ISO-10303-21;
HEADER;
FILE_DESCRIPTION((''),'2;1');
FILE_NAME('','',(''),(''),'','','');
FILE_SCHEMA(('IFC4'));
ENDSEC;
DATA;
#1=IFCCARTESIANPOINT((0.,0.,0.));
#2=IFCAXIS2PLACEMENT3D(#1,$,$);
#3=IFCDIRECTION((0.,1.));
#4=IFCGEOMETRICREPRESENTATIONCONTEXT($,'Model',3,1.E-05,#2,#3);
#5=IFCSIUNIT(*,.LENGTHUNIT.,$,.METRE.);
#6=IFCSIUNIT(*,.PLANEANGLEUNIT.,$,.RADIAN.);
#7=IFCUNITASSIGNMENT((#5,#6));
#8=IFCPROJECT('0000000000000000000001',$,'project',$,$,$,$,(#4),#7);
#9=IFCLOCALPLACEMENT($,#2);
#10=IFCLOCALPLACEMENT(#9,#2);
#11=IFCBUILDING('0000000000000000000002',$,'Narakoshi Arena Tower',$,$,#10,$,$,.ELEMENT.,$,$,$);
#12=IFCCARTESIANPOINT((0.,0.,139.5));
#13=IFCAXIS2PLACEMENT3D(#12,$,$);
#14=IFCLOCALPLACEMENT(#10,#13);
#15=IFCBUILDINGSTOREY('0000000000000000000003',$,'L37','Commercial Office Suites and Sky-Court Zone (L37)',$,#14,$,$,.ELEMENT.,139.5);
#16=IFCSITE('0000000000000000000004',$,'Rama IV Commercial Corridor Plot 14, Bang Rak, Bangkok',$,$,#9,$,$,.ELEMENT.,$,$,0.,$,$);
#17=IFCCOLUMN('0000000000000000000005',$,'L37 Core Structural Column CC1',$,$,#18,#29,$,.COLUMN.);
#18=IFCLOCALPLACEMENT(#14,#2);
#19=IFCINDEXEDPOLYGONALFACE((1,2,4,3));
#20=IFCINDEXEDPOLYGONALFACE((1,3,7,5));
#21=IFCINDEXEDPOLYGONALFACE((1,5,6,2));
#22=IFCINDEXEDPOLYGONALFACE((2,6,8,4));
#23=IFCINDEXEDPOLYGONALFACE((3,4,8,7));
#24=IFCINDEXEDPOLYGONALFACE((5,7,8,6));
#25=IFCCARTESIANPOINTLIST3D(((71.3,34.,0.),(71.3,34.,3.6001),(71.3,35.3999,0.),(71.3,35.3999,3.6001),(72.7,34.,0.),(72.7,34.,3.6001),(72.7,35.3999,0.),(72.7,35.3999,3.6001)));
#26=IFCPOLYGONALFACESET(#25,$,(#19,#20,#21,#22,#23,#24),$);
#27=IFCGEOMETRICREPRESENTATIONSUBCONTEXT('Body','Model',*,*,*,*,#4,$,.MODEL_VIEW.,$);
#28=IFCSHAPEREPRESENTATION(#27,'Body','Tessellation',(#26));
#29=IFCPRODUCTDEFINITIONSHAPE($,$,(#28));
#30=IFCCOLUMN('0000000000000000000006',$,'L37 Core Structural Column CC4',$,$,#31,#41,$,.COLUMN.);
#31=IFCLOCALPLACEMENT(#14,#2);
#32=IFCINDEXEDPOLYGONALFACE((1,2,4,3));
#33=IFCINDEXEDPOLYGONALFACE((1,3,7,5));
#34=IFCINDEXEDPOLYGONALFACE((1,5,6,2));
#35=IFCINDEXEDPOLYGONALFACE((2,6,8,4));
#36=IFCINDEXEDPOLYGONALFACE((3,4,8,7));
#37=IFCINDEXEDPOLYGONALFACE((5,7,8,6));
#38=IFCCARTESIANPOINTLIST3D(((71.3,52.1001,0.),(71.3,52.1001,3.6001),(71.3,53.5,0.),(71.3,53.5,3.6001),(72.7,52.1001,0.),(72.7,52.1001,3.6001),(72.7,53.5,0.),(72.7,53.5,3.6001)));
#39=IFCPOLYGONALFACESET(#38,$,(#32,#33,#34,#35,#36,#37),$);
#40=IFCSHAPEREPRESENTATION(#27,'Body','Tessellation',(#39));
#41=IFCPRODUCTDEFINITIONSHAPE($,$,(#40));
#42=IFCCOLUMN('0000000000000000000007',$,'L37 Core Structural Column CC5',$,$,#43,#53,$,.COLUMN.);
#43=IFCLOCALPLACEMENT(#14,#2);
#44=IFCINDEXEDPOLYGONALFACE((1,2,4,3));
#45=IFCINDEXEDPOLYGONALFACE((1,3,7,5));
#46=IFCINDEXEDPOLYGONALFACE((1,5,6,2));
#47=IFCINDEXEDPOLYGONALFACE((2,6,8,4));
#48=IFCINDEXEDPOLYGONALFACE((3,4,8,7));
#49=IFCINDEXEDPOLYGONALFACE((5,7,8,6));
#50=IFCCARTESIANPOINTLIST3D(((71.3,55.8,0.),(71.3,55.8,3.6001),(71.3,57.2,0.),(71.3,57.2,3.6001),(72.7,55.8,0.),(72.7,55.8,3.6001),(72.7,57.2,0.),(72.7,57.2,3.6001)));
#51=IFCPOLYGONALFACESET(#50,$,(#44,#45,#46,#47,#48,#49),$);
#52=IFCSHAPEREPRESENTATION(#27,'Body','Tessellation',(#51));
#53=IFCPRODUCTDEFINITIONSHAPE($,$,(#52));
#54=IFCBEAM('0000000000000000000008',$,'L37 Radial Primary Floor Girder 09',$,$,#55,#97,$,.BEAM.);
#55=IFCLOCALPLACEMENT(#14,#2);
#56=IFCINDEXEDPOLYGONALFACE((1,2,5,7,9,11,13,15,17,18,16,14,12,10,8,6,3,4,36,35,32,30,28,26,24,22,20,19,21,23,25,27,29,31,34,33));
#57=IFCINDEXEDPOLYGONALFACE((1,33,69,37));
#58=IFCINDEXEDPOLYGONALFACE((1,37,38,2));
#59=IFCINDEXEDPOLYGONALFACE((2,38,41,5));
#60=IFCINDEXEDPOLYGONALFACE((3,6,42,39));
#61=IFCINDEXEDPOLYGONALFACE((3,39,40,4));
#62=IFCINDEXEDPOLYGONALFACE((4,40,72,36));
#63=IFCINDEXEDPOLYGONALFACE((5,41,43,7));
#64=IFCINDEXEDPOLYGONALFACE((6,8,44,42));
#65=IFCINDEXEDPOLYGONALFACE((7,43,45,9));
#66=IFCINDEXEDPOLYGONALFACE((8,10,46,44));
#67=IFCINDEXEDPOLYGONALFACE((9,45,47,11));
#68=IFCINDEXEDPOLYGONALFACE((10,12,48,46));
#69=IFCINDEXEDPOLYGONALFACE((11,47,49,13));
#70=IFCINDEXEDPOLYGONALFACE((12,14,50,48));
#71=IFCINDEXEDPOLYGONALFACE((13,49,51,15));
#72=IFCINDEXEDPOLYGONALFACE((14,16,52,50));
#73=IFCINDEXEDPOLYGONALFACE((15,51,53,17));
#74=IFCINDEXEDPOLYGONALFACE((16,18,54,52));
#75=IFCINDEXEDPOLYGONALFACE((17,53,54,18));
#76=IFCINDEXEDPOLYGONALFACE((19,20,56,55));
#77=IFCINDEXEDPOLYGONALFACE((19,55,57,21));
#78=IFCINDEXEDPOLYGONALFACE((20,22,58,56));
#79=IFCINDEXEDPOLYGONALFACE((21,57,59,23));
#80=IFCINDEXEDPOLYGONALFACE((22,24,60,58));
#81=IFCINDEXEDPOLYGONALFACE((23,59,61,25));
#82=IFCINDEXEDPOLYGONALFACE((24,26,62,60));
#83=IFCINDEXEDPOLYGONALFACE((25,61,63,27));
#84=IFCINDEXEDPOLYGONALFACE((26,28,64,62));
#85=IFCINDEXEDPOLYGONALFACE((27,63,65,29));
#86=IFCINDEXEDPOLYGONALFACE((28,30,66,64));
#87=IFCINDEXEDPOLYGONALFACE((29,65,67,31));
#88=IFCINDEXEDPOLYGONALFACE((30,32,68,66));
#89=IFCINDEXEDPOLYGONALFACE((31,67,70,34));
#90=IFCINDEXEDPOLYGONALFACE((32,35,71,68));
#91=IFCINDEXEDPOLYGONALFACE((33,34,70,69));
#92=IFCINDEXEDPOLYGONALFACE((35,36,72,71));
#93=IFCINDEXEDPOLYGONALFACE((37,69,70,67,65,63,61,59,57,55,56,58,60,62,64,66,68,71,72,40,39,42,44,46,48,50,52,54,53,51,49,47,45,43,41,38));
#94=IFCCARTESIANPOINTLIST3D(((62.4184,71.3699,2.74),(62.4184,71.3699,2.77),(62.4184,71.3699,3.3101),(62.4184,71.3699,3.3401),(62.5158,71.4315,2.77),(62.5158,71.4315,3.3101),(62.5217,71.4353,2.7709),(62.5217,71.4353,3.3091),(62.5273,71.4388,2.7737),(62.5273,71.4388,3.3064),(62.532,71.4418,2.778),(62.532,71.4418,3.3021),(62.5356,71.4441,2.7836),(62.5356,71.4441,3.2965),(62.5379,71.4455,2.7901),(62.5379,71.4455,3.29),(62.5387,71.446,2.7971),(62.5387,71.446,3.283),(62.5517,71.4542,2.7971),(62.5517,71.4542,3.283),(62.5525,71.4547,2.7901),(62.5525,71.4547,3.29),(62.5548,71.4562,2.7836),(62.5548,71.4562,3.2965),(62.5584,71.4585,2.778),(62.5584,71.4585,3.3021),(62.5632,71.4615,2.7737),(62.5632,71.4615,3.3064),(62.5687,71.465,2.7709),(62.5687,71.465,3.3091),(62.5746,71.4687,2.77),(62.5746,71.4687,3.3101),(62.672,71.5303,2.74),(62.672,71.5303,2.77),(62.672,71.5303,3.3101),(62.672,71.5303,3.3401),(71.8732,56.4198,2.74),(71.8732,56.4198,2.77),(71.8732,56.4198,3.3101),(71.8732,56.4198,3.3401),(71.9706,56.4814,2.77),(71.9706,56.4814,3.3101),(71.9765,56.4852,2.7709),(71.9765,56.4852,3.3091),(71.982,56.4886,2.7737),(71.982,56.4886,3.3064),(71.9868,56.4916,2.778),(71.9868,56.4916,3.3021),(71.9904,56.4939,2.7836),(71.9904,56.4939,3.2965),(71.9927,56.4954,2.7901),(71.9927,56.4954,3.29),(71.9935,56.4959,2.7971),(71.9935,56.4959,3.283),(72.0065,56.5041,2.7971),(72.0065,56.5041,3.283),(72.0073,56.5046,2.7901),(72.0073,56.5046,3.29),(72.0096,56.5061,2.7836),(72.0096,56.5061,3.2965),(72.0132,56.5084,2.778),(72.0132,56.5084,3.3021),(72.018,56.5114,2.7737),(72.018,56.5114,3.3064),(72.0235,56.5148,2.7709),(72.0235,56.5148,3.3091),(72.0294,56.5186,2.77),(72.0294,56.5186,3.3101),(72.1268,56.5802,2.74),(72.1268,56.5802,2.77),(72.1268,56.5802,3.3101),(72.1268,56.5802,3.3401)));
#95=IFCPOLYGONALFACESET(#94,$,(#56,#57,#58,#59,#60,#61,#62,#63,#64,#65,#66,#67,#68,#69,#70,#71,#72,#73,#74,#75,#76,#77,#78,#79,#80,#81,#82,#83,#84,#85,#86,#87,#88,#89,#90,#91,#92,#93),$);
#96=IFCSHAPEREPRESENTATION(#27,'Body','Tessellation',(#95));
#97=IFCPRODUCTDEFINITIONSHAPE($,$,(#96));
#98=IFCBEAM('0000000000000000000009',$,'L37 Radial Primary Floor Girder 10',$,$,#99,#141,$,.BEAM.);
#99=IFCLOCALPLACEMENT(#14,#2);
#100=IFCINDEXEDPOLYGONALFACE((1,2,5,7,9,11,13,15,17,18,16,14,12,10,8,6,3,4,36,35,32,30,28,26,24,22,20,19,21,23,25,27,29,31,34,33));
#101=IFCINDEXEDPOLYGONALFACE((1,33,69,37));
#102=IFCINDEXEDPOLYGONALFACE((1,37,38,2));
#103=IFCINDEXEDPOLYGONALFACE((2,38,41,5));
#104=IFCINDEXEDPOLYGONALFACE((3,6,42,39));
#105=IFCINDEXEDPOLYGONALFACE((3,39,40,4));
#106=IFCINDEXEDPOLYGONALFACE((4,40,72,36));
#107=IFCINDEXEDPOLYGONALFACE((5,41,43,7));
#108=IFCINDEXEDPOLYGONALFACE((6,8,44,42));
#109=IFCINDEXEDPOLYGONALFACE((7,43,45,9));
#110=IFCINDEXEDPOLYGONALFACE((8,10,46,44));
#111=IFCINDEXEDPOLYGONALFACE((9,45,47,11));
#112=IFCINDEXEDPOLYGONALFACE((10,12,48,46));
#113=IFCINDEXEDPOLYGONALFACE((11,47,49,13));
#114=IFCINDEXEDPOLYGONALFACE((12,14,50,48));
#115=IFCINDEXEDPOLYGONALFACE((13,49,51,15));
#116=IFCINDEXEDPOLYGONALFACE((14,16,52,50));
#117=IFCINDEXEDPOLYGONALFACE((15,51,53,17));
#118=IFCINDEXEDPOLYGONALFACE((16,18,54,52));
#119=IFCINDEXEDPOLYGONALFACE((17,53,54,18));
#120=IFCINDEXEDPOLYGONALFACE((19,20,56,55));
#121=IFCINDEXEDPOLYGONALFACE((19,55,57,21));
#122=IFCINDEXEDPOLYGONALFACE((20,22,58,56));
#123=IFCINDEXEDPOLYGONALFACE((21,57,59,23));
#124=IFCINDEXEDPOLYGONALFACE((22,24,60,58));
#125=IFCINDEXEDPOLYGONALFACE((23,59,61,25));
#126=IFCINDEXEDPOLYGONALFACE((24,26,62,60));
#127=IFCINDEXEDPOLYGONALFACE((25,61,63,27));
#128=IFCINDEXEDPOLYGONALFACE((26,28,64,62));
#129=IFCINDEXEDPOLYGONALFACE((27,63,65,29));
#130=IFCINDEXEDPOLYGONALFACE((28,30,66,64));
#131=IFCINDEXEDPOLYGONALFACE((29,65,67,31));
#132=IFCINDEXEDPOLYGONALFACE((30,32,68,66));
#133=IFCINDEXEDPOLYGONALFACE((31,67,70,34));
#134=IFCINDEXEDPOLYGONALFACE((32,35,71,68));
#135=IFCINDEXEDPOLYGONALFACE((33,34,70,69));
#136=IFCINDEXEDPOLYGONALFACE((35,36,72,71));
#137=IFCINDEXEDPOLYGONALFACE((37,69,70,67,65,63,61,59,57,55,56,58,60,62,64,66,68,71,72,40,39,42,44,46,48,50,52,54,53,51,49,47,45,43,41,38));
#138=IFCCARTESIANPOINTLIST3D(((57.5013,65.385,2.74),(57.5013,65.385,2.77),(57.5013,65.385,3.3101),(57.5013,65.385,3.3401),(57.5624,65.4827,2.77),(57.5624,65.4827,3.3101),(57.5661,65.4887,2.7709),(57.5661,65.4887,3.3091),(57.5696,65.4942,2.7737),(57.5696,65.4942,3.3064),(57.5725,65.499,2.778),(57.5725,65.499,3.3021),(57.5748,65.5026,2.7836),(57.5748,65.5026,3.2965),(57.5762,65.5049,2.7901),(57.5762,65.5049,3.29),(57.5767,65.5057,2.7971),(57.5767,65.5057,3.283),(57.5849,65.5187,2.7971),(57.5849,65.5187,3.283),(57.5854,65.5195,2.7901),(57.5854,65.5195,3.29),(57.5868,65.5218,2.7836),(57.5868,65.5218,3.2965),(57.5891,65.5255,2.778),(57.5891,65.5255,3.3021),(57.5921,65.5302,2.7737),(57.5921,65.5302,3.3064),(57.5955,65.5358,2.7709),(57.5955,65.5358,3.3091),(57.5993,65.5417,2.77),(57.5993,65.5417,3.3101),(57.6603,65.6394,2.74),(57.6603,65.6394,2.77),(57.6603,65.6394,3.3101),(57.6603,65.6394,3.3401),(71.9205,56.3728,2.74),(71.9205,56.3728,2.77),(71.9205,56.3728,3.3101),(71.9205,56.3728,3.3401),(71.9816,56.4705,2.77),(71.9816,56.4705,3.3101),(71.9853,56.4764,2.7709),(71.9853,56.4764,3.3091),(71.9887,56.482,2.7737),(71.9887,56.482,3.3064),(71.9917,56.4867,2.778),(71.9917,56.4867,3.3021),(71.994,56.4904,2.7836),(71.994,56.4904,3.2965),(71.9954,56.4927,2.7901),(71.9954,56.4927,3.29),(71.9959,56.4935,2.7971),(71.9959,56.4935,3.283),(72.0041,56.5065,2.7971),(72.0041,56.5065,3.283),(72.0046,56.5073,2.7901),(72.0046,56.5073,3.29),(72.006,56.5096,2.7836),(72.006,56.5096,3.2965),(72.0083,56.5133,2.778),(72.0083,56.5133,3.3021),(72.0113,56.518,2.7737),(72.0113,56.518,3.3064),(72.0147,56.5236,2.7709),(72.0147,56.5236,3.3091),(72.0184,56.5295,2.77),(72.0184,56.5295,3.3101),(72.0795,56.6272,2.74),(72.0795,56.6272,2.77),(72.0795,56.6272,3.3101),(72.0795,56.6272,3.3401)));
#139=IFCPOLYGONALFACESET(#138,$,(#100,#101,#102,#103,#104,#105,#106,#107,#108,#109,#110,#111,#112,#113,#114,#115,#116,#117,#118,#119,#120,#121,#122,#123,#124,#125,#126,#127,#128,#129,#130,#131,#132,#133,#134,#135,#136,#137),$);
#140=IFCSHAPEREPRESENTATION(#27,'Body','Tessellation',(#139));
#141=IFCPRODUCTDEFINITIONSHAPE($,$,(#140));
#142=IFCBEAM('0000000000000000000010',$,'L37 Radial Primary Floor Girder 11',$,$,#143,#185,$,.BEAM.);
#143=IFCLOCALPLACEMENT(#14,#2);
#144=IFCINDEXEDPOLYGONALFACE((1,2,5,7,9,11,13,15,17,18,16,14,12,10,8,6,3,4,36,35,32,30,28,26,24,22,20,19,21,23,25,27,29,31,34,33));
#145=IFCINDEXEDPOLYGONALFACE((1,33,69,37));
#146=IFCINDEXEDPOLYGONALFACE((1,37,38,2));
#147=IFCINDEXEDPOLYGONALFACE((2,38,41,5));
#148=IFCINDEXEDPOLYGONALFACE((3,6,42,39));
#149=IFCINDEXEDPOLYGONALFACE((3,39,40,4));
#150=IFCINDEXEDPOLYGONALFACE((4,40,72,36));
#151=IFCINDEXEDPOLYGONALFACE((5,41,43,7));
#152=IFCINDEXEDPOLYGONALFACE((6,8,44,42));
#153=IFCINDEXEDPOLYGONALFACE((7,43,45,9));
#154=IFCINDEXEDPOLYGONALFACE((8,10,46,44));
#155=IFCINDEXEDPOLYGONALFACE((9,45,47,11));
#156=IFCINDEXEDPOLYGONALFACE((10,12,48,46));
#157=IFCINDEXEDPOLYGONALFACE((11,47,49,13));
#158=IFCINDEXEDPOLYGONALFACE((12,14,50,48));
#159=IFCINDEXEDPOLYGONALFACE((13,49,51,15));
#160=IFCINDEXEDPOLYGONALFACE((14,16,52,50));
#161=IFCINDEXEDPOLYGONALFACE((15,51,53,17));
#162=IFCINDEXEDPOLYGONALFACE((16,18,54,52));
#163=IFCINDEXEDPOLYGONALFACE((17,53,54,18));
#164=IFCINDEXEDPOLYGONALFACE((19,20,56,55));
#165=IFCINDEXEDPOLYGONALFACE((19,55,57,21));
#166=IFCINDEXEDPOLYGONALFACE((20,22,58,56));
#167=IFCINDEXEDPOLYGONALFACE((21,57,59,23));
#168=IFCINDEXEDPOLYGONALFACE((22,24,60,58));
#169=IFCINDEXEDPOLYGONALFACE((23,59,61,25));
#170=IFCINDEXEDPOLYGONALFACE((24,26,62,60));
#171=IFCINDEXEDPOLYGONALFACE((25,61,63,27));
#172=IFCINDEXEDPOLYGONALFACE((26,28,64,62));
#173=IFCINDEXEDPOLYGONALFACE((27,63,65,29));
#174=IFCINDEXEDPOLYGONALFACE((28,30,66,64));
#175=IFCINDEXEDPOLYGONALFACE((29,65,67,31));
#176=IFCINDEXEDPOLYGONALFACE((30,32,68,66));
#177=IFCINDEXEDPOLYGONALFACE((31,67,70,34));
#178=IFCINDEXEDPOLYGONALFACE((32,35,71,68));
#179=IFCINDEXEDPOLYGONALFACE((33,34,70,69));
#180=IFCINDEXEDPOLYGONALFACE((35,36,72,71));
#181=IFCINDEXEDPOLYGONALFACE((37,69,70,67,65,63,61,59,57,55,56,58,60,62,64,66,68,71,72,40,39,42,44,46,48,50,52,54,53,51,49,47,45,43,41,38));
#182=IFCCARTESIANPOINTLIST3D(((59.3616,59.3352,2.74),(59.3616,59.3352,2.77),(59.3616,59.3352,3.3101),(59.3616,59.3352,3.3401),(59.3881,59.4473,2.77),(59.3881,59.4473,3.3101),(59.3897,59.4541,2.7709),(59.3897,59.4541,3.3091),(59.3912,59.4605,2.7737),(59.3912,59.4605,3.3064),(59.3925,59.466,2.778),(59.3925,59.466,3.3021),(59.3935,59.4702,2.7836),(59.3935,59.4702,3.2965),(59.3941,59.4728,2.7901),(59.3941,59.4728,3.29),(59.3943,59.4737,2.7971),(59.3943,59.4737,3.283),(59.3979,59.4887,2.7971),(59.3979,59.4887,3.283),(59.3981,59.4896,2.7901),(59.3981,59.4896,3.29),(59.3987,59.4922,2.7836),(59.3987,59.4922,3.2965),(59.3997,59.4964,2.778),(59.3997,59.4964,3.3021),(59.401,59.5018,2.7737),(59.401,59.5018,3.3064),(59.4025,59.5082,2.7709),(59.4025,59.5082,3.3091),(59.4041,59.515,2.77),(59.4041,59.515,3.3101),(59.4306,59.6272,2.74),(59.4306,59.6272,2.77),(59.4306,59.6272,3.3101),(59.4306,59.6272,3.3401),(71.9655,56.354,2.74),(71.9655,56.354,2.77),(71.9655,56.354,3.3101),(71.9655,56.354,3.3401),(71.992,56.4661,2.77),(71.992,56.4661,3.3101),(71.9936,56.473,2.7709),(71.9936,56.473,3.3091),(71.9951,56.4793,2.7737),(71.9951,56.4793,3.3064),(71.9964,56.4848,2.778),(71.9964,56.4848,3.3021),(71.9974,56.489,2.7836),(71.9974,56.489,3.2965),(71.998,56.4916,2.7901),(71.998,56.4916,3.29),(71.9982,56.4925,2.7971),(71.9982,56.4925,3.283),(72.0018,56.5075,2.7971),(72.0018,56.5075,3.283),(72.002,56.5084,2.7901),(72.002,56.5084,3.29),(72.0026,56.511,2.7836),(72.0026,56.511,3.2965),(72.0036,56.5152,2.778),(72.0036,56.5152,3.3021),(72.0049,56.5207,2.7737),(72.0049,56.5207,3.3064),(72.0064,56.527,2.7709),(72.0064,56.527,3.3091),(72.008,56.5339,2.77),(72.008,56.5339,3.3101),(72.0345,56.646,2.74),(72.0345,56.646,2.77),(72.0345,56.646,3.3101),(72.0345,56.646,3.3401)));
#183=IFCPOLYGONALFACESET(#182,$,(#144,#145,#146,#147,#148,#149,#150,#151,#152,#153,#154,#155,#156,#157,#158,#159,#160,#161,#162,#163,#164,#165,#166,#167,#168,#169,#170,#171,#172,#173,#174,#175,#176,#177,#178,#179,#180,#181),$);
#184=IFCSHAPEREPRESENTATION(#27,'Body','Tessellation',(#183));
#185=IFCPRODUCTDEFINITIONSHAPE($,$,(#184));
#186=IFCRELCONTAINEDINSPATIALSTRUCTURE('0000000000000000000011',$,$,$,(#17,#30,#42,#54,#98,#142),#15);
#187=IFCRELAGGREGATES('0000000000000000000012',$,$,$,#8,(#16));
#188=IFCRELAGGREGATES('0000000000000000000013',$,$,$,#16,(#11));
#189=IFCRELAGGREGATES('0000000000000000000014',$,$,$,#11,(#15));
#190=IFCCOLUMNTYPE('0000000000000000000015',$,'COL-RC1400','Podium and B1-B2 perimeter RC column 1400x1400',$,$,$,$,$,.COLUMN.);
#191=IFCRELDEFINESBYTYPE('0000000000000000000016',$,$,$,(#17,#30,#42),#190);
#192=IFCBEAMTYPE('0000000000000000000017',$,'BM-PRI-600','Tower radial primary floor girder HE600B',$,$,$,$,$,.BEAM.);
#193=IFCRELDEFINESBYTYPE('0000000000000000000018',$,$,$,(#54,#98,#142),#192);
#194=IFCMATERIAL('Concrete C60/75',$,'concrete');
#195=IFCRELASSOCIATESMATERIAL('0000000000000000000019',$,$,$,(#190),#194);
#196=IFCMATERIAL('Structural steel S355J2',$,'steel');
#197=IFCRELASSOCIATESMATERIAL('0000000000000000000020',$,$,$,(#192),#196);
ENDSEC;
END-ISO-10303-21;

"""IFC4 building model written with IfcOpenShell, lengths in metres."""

from ifc_helpers import new_model, si_unit, direction, frame, origin, origin_2d, place, context, subcontext, project, spatial, rectangle, i_section, extrude, material, material_profile, profile_set, type_object, element, save


model = new_model("IFC4")

# Units and contexts
model_context = context("Model", 3, precision=1e-05, world=origin(), true_north=direction((0.0, 1.0)))
body_context = subcontext(model_context, "Body", "Model", "MODEL_VIEW")
ifc_project = project(units=[si_unit("LENGTHUNIT", "METRE"), si_unit("PLANEANGLEUNIT", "RADIAN")], contexts=[model_context])

# Site, building, storey
site_placement = place(None, origin())
site = spatial("IfcSite", under=ifc_project, at=site_placement, Name="Rama IV Commercial Corridor Plot 14, Bang Rak, Bangkok", CompositionType="ELEMENT", RefElevation=0.0)
building_placement = place(site_placement, origin())
building = spatial("IfcBuilding", under=site, at=building_placement, Name="Narakoshi Arena Tower", CompositionType="ELEMENT")
storey_placement = place(building_placement, frame((0.0, 0.0, 139.5)))
storey = spatial("IfcBuildingStorey", under=building, at=storey_placement, Name="L37", Description="Commercial Office Suites and Sky-Court Zone (L37)", CompositionType="ELEMENT", Elevation=139.5)

# Columns
ifc_material_1 = material(Name="Concrete C60/75", Category="concrete")
ifc_material_profile_1 = material_profile(ifc_material_1, rectangle(XDim=1.3999, YDim=1.3999, at=origin_2d()), Name="RC1400x1400")
ifc_profile_set_1 = profile_set([ifc_material_profile_1], Name="Concrete C60/75")
column_type = type_object("IfcColumnType", Name="COL-RC1400", Description="Podium and B1-B2 perimeter RC column 1400x1400", PredefinedType="COLUMN", material=ifc_profile_set_1)
for number, where, z_axis, x_axis, name in (
    (1, (72.0, 34.7, 0.0), (0.0, 0.0, 1.0), (1.0, 0.0, 0.0), "L37 Core Structural Column CC1"),
    (2, (72.0, 52.8, 0.0), (0.0, 0.0, 1.0), (1.0, 0.0, 0.0), "L37 Core Structural Column CC4"),
    (3, (72.0, 56.5, 0.0), (0.0, 0.0, 1.0), (1.0, 0.0, 0.0), "L37 Core Structural Column CC5"),
):
    element("IfcColumn", number, at=place(storey_placement, frame(where, z_axis=z_axis, x_axis=x_axis)), inside=storey, type_object=column_type, Name=name, PredefinedType="COLUMN", context=body_context, shape_type="SweptSolid", body=[
        extrude(rectangle(XDim=1.3999, YDim=1.3999, at=origin_2d()), origin(), (0.0, 0.0, 1.0), 3.6001),
    ])

# Beams
ifc_material_2 = material(Name="Structural steel S355J2", Category="steel")
ifc_material_profile_2 = material_profile(ifc_material_2, i_section(OverallWidth=0.3, OverallDepth=0.6001, WebThickness=0.0154, FlangeThickness=0.03, FilletRadius=0.0271, at=origin_2d()), Name="HE600B")
ifc_profile_set_2 = profile_set([ifc_material_profile_2], Name="Structural steel S355J2")
beam_type_1 = type_object("IfcBeamType", Name="BM-PRI-600", Description="Tower radial primary floor girder HE600B", PredefinedType="BEAM", material=ifc_profile_set_2)
beam_1_placement = place(storey_placement, frame((72.0, 56.5, 3.04), z_axis=(-0.534502, 0.845167, 0.0), x_axis=(-0.845167, -0.534502, 0.0)))
element("IfcBeam", 4, at=beam_1_placement, inside=storey, type_object=beam_type_1, Name="L37 Radial Primary Floor Girder 09", PredefinedType="BEAM", context=body_context, shape_type="SweptSolid", body=[
    extrude(i_section(OverallWidth=0.3, OverallDepth=0.6001, WebThickness=0.0154, FlangeThickness=0.03, FilletRadius=0.0271, at=origin_2d()), origin(), (0.0, 0.0, 1.0), 17.689),
])
beam_2_placement = place(storey_placement, frame((72.0, 56.5, 3.04), z_axis=(-0.847993, 0.530008, 0.0), x_axis=(-0.530008, -0.847993, 0.0)))
element("IfcBeam", 5, at=beam_2_placement, inside=storey, type_object=beam_type_1, Name="L37 Radial Primary Floor Girder 10", PredefinedType="BEAM", context=body_context, shape_type="SweptSolid", body=[
    extrude(i_section(OverallWidth=0.3, OverallDepth=0.6001, WebThickness=0.0154, FlangeThickness=0.03, FilletRadius=0.0271, at=origin_2d()), origin(), (0.0, 0.0, 1.0), 17.0039),
])
beam_3_placement = place(storey_placement, frame((72.0, 56.5, 3.04), z_axis=(-0.973149, 0.230177, 0.0), x_axis=(-0.230177, -0.973149, 0.0)))
element("IfcBeam", 6, at=beam_3_placement, inside=storey, type_object=beam_type_1, Name="L37 Radial Primary Floor Girder 11", PredefinedType="BEAM", context=body_context, shape_type="SweptSolid", body=[
    extrude(i_section(OverallWidth=0.3, OverallDepth=0.6001, WebThickness=0.0154, FlangeThickness=0.03, FilletRadius=0.0271, at=origin_2d()), origin(), (0.0, 0.0, 1.0), 12.9517),
])

save(model, "model.ifc")
